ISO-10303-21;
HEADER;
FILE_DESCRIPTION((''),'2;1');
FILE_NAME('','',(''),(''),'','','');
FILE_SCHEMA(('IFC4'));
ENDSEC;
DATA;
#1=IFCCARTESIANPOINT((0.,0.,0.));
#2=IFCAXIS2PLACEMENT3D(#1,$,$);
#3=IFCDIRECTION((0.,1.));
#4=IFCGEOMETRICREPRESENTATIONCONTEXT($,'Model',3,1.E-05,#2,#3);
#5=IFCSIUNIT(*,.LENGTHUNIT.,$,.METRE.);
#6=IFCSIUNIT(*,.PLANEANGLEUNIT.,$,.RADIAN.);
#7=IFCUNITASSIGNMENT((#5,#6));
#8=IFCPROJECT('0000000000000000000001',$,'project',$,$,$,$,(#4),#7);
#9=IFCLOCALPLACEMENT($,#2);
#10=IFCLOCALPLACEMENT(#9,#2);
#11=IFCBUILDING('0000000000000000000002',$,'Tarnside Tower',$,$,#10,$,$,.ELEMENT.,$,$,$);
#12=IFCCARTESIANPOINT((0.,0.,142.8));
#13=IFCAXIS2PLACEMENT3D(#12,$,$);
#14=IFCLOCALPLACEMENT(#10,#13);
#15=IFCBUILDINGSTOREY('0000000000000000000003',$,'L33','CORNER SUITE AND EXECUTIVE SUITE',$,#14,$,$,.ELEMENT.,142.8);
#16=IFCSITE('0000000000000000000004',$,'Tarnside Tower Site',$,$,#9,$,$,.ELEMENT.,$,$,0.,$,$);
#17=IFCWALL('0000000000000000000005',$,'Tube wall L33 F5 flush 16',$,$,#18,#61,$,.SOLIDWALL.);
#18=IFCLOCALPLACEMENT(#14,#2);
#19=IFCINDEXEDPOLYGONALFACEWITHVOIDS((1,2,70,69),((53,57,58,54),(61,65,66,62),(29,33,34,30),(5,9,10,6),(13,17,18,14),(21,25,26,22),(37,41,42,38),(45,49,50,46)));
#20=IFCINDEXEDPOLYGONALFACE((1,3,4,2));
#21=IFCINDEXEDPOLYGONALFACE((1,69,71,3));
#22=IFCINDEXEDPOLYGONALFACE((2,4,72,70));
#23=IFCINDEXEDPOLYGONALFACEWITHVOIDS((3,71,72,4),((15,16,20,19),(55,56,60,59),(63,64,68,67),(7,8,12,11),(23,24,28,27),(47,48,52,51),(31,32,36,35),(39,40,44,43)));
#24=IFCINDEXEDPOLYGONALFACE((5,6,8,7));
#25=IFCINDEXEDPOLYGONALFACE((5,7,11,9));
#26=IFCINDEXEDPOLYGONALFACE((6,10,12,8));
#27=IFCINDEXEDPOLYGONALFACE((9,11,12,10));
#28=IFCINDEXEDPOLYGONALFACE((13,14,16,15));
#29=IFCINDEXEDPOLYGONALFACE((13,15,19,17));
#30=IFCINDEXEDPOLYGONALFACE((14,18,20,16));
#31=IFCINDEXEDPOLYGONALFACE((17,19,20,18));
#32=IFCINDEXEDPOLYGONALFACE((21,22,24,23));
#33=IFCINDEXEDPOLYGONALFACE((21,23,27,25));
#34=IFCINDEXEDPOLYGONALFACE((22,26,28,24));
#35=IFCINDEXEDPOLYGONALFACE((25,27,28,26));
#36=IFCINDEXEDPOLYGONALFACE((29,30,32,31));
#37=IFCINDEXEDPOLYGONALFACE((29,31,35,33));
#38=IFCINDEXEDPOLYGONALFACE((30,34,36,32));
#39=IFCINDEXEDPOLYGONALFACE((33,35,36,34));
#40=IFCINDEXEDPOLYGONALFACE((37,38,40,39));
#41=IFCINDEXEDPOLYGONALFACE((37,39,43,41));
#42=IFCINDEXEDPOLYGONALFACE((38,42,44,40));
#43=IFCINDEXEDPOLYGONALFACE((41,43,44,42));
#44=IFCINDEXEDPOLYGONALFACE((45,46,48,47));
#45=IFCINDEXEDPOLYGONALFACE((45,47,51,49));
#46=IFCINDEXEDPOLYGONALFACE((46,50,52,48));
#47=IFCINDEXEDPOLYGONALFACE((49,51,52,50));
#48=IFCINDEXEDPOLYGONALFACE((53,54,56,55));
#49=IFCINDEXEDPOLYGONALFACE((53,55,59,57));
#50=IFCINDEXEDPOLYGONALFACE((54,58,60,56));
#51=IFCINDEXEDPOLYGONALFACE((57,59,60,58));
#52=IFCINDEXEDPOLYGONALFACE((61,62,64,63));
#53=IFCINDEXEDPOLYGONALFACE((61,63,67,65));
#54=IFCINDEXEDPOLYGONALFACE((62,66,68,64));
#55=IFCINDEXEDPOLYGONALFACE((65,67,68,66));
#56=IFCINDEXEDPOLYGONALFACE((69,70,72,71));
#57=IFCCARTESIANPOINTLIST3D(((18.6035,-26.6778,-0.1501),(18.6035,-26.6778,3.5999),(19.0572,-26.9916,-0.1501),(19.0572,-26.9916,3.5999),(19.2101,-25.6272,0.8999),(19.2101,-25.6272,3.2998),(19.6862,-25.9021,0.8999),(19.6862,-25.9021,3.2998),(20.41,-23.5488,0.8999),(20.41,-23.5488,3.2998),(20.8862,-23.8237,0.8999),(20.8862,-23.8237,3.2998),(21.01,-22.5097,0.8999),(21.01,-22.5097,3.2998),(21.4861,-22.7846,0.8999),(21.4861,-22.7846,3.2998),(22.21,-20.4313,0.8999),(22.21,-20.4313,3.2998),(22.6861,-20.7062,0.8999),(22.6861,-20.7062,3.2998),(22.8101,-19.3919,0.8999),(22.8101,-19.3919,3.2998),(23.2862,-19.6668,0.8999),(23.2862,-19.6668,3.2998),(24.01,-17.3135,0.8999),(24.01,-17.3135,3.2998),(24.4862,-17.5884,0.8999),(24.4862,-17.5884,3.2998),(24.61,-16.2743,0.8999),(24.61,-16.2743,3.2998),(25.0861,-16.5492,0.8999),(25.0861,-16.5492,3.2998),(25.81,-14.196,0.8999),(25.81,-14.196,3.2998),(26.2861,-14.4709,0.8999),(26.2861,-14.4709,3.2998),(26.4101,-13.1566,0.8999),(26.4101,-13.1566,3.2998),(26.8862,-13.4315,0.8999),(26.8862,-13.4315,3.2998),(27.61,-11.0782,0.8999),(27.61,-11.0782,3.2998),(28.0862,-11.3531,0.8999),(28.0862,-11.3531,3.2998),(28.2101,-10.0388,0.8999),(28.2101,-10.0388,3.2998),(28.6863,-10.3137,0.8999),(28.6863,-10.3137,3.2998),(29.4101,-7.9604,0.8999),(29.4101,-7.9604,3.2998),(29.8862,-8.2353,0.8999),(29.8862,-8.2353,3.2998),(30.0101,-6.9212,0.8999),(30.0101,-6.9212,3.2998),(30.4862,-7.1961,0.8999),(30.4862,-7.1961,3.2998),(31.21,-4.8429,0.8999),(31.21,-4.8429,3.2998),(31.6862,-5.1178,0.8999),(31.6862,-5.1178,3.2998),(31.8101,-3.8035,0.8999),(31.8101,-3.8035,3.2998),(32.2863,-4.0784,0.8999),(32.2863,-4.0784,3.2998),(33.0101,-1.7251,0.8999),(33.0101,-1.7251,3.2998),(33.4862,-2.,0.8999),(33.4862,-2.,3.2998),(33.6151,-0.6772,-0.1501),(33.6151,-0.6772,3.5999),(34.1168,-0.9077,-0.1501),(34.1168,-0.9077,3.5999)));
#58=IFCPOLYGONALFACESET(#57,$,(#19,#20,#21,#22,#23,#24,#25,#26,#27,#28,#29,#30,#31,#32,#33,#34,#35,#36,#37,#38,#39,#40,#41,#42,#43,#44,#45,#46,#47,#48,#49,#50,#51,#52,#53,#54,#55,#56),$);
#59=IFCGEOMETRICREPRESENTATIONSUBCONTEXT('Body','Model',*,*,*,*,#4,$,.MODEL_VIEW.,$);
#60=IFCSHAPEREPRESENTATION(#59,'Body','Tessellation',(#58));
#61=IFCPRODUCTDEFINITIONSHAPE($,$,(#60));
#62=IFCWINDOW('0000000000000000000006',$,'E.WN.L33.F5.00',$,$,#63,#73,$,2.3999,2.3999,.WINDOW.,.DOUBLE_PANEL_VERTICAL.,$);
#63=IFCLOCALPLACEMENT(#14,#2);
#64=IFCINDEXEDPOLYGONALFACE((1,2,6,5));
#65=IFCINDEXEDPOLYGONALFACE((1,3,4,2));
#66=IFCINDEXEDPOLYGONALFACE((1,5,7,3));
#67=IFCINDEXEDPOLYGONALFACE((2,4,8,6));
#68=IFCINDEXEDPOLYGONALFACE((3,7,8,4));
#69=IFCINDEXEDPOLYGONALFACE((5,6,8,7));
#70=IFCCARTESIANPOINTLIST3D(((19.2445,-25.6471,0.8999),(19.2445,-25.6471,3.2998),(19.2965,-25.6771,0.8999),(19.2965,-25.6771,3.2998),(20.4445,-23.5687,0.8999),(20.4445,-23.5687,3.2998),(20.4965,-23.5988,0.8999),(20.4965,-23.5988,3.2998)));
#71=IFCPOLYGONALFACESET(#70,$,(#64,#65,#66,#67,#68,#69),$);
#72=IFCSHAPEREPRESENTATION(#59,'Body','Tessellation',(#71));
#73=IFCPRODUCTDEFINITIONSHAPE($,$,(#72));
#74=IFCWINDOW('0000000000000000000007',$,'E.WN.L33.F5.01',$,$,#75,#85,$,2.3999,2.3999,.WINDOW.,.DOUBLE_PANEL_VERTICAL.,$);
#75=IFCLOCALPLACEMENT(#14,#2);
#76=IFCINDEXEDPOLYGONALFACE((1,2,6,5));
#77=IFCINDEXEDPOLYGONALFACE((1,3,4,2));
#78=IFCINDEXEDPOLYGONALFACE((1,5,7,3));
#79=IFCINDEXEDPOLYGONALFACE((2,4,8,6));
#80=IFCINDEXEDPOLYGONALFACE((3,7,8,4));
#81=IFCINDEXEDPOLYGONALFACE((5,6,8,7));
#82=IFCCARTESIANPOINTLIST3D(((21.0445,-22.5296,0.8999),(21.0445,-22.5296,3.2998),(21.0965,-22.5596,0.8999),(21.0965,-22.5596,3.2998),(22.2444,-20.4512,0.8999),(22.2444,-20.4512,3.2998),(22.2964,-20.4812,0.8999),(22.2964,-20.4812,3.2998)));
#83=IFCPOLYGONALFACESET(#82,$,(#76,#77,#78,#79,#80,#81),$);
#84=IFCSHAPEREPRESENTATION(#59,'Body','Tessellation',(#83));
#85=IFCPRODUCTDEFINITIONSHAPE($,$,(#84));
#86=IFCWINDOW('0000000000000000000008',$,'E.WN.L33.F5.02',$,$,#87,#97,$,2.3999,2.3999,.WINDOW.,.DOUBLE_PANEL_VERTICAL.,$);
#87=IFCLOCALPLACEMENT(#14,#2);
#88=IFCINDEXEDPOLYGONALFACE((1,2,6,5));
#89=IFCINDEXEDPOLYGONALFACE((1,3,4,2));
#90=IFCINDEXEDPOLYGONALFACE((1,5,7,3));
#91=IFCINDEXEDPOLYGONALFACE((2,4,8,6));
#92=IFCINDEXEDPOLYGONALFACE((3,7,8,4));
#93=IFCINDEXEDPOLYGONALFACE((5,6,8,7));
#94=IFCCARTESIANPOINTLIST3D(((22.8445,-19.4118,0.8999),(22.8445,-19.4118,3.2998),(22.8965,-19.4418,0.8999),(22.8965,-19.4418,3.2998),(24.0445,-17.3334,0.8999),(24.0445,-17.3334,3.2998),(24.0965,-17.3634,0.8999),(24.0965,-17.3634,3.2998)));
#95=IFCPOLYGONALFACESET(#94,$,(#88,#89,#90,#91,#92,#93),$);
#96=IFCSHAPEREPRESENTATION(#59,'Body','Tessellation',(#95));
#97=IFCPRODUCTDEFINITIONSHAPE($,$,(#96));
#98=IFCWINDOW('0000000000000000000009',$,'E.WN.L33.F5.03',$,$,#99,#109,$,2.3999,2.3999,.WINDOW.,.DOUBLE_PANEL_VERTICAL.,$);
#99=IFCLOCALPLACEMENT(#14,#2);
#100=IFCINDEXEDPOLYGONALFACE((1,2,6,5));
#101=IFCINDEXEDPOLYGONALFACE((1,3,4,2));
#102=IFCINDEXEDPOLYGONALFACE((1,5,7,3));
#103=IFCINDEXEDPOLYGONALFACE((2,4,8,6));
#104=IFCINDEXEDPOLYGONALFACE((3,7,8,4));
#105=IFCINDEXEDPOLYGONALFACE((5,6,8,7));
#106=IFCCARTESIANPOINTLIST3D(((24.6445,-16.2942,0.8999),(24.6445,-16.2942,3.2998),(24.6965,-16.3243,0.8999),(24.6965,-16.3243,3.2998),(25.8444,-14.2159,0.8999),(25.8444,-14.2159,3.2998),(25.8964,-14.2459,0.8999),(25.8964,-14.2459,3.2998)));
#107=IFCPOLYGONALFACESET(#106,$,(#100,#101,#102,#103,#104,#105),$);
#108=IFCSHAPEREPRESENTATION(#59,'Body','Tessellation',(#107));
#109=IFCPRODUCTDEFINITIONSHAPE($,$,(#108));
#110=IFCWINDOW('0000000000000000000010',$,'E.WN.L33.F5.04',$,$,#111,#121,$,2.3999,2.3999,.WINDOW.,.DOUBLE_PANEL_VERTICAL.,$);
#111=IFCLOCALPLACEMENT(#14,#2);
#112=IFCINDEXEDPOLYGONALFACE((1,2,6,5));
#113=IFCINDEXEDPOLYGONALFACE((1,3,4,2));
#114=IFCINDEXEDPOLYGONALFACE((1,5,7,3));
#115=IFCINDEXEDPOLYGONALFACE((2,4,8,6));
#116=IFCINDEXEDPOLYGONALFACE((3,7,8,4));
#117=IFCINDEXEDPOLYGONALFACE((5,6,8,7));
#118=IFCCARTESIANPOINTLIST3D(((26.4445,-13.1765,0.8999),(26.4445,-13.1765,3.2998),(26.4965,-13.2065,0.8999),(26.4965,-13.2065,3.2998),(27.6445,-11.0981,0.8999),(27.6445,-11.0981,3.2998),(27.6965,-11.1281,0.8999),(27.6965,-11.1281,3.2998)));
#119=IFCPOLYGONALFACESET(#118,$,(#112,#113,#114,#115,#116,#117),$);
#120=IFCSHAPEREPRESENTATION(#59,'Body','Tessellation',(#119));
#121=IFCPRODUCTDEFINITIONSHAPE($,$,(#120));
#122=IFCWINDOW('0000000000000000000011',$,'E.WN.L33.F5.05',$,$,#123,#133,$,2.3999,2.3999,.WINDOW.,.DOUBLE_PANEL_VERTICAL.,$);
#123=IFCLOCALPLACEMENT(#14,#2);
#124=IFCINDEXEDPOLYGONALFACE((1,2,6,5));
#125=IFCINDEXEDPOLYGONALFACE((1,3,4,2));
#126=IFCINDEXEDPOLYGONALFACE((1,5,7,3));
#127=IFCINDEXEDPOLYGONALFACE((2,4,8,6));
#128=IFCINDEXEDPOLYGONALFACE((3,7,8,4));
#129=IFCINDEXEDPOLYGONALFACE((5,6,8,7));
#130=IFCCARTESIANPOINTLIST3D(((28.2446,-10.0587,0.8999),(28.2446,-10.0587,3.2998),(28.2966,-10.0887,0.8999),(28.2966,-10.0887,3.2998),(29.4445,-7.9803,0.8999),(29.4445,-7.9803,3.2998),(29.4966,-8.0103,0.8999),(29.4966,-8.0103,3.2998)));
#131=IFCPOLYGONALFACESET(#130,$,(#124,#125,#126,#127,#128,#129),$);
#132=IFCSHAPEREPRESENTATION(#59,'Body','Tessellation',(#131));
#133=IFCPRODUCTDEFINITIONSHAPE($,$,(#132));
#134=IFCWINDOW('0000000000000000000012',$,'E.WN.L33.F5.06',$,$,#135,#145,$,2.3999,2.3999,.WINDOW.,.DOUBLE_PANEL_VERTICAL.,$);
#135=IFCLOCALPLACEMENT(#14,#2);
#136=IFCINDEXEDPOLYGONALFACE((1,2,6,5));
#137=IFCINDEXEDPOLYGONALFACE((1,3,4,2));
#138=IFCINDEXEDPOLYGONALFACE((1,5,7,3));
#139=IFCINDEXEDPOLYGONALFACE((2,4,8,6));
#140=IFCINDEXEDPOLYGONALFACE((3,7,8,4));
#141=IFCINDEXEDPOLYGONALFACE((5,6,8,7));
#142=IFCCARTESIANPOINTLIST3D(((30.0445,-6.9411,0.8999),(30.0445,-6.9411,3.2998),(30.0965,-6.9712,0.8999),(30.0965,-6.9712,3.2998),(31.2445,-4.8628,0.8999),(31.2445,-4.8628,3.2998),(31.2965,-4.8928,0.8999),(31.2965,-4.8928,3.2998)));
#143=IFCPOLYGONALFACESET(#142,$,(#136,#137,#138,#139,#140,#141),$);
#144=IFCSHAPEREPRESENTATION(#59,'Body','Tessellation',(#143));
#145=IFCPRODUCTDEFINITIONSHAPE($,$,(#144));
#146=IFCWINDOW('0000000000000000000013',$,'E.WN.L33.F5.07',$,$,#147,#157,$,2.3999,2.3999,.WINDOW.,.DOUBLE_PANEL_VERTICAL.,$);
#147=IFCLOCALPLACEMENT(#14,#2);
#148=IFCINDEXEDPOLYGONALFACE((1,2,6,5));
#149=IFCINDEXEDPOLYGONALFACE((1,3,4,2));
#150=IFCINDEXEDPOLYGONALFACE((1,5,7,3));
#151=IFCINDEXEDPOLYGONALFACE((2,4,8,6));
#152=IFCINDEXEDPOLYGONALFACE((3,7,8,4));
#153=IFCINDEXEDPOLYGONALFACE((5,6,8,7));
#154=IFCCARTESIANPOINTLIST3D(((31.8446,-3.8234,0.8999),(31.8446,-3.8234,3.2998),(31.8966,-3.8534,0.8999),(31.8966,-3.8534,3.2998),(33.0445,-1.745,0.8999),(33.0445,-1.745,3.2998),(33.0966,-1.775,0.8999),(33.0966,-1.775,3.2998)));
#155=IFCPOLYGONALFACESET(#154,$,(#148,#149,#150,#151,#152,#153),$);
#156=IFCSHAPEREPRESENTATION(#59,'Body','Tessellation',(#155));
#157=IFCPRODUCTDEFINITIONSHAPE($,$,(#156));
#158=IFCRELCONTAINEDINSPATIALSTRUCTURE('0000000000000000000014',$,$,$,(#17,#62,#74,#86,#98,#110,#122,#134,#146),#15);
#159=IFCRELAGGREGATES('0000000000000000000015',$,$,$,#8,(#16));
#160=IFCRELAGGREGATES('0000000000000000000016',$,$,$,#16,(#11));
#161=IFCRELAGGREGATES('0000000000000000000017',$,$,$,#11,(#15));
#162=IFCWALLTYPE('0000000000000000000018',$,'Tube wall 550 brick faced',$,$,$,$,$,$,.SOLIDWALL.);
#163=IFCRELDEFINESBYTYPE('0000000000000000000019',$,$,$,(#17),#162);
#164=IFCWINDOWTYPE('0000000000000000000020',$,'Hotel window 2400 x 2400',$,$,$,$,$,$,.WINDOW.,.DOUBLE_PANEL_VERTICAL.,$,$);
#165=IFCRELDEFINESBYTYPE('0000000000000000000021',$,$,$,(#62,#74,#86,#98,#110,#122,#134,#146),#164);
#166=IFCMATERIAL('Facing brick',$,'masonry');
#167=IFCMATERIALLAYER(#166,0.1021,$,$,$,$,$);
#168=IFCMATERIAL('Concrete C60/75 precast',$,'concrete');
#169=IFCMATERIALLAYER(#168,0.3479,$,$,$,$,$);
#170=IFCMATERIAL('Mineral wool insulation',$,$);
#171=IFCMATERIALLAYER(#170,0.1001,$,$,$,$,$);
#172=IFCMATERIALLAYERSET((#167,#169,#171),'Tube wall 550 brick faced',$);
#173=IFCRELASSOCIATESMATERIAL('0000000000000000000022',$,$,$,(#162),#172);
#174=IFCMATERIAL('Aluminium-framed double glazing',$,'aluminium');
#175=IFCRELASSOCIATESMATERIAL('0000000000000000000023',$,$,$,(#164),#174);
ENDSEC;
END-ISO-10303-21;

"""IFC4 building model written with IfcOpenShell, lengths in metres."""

from ifc_helpers import new_model, si_unit, direction, frame, frame_2d, origin, place, context, subcontext, project, spatial, polyline, rectangle, outline, extrude, material, layer, layer_set, type_object, element, fill, save


model = new_model("IFC4")

# Units and contexts
model_context = context("Model", 3, precision=1e-05, world=origin(), true_north=direction((0.0, 1.0)))
body_context = subcontext(model_context, "Body", "Model", "MODEL_VIEW")
ifc_project = project(units=[si_unit("LENGTHUNIT", "METRE"), si_unit("PLANEANGLEUNIT", "RADIAN")], contexts=[model_context])

# Site, building, storey
site_placement = place(None, origin())
site = spatial("IfcSite", under=ifc_project, at=site_placement, Name="Tarnside Tower Site", CompositionType="ELEMENT", RefElevation=0.0)
building_placement = place(site_placement, origin())
building = spatial("IfcBuilding", under=site, at=building_placement, Name="Tarnside Tower", CompositionType="ELEMENT")
storey_placement = place(building_placement, frame((0.0, 0.0, 142.8)))
storey = spatial("IfcBuildingStorey", under=building, at=storey_placement, Name="L33", Description="CORNER SUITE AND EXECUTIVE SUITE", CompositionType="ELEMENT", Elevation=142.8)

# Shared definitions
ifc_material_1 = material(Name="Facing brick", Category="masonry")
ifc_layer_1 = layer(ifc_material_1, 0.1021)
ifc_material_2 = material(Name="Concrete C60/75 precast", Category="concrete")
ifc_layer_2 = layer(ifc_material_2, 0.3479)
ifc_material_3 = material(Name="Mineral wool insulation")
ifc_layer_3 = layer(ifc_material_3, 0.1001)
ifc_layer_set_1 = layer_set([ifc_layer_1, ifc_layer_2, ifc_layer_3], Name="Tube wall 550 brick faced")
wall_type_1 = type_object("IfcWallType", Name="Tube wall 550 brick faced", PredefinedType="SOLIDWALL", material=ifc_layer_set_1)

# Wall, openings, windows
wall_1_placement = place(storey_placement, frame((18.8303, -26.8347, -0.1501), z_axis=(0.0, 0.0, 1.0), x_axis=(0.500004, 0.866023, 0.0)))
wall_1 = element("IfcWall", 1, at=wall_1_placement, inside=storey, type_object=wall_type_1, Name="Tube wall L33 F5 flush 16", PredefinedType="SOLIDWALL", context=body_context, shape_type="SweptSolid", body=[
    extrude(outline(polyline([(-0.0225, -0.2749), (30.0967, -0.2749), (30.0454, 0.2749), (0.0225, 0.2749), (-0.0225, -0.2749)])), origin(), (0.0, 0.0, 1.0), 3.75),
])
opening_1_placement = place(wall_1_placement, frame((1.2356, 0.0, 1.05)))
opening_1 = element("IfcOpeningElement", 2, at=opening_1_placement, cuts=wall_1, PredefinedType="OPENING", context=body_context, shape_type="SweptSolid", body=[
    extrude(rectangle(XDim=2.3999, YDim=2.3999, at=frame_2d((1.2, 1.2))), frame((0.0, 0.2852, 0.0), z_axis=(0.0, -1.0, 0.0), x_axis=(1.0, 0.0, 0.0)), (0.0, 0.0, 1.0), 0.5701),
])
opening_2_placement = place(wall_1_placement, frame((4.8354, 0.0, 1.05)))
opening_2 = element("IfcOpeningElement", 3, at=opening_2_placement, cuts=wall_1, PredefinedType="OPENING", context=body_context, shape_type="SweptSolid", body=[
    extrude(rectangle(XDim=2.3999, YDim=2.3999, at=frame_2d((1.2, 1.2))), frame((0.0, 0.2852, 0.0), z_axis=(0.0, -1.0, 0.0), x_axis=(1.0, 0.0, 0.0)), (0.0, 0.0, 1.0), 0.5701),
])
opening_3_placement = place(wall_1_placement, frame((8.4355, 0.0, 1.05)))
opening_3 = element("IfcOpeningElement", 4, at=opening_3_placement, cuts=wall_1, PredefinedType="OPENING", context=body_context, shape_type="SweptSolid", body=[
    extrude(rectangle(XDim=2.3999, YDim=2.3999, at=frame_2d((1.2, 1.2))), frame((0.0, 0.2852, 0.0), z_axis=(0.0, -1.0, 0.0), x_axis=(1.0, 0.0, 0.0)), (0.0, 0.0, 1.0), 0.5701),
])
opening_4_placement = place(wall_1_placement, frame((12.0354, 0.0, 1.05)))
opening_4 = element("IfcOpeningElement", 5, at=opening_4_placement, cuts=wall_1, PredefinedType="OPENING", context=body_context, shape_type="SweptSolid", body=[
    extrude(rectangle(XDim=2.3999, YDim=2.3999, at=frame_2d((1.2, 1.2))), frame((0.0, 0.2852, 0.0), z_axis=(0.0, -1.0, 0.0), x_axis=(1.0, 0.0, 0.0)), (0.0, 0.0, 1.0), 0.5701),
])
opening_5_placement = place(wall_1_placement, frame((15.6355, 0.0, 1.05)))
opening_5 = element("IfcOpeningElement", 6, at=opening_5_placement, cuts=wall_1, PredefinedType="OPENING", context=body_context, shape_type="SweptSolid", body=[
    extrude(rectangle(XDim=2.3999, YDim=2.3999, at=frame_2d((1.2, 1.2))), frame((0.0, 0.2852, 0.0), z_axis=(0.0, -1.0, 0.0), x_axis=(1.0, 0.0, 0.0)), (0.0, 0.0, 1.0), 0.5701),
])
opening_6_placement = place(wall_1_placement, frame((19.2356, 0.0, 1.05)))
opening_6 = element("IfcOpeningElement", 7, at=opening_6_placement, cuts=wall_1, PredefinedType="OPENING", context=body_context, shape_type="SweptSolid", body=[
    extrude(rectangle(XDim=2.3999, YDim=2.3999, at=frame_2d((1.2, 1.2))), frame((0.0, 0.2852, 0.0), z_axis=(0.0, -1.0, 0.0), x_axis=(1.0, 0.0, 0.0)), (0.0, 0.0, 1.0), 0.5701),
])
opening_7_placement = place(wall_1_placement, frame((22.8354, 0.0, 1.05)))
opening_7 = element("IfcOpeningElement", 8, at=opening_7_placement, cuts=wall_1, PredefinedType="OPENING", context=body_context, shape_type="SweptSolid", body=[
    extrude(rectangle(XDim=2.3999, YDim=2.3999, at=frame_2d((1.2, 1.2))), frame((0.0, 0.2852, 0.0), z_axis=(0.0, -1.0, 0.0), x_axis=(1.0, 0.0, 0.0)), (0.0, 0.0, 1.0), 0.5701),
])
opening_8_placement = place(wall_1_placement, frame((26.4355, 0.0, 1.05)))
opening_8 = element("IfcOpeningElement", 9, at=opening_8_placement, cuts=wall_1, PredefinedType="OPENING", context=body_context, shape_type="SweptSolid", body=[
    extrude(rectangle(XDim=2.3999, YDim=2.3999, at=frame_2d((1.2, 1.2))), frame((0.0, 0.2852, 0.0), z_axis=(0.0, -1.0, 0.0), x_axis=(1.0, 0.0, 0.0)), (0.0, 0.0, 1.0), 0.5701),
])
ifc_material_4 = material(Name="Aluminium-framed double glazing", Category="aluminium")
window_type = type_object("IfcWindowType", Name="Hotel window 2400 x 2400", PartitioningType="DOUBLE_PANEL_VERTICAL", PredefinedType="WINDOW", material=ifc_material_4)
window_1_placement = place(opening_1_placement, frame((0.0, 0.2051, 0.0)))
window_1 = element("IfcWindow", 10, at=window_1_placement, inside=storey, type_object=window_type, Name="E.WN.L33.F5.00", OverallHeight=2.3999, OverallWidth=2.3999, PartitioningType="DOUBLE_PANEL_VERTICAL", PredefinedType="WINDOW", context=body_context, shape_type="SweptSolid", body=[
    extrude(rectangle(XDim=2.3999, YDim=2.3999, at=frame_2d((1.2, 1.2))), frame((0.0, 0.03, 0.0), z_axis=(0.0, -1.0, 0.0), x_axis=(1.0, 0.0, 0.0)), (0.0, 0.0, 1.0), 0.0601),
])
fill(opening_1, window_1)
window_2_placement = place(opening_2_placement, frame((0.0, 0.2051, 0.0)))
window_2 = element("IfcWindow", 11, at=window_2_placement, inside=storey, type_object=window_type, Name="E.WN.L33.F5.01", OverallHeight=2.3999, OverallWidth=2.3999, PartitioningType="DOUBLE_PANEL_VERTICAL", PredefinedType="WINDOW", context=body_context, shape_type="SweptSolid", body=[
    extrude(rectangle(XDim=2.3999, YDim=2.3999, at=frame_2d((1.2, 1.2))), frame((0.0, 0.03, 0.0), z_axis=(0.0, -1.0, 0.0), x_axis=(1.0, 0.0, 0.0)), (0.0, 0.0, 1.0), 0.0601),
])
fill(opening_2, window_2)
window_3_placement = place(opening_3_placement, frame((0.0, 0.2051, 0.0)))
window_3 = element("IfcWindow", 12, at=window_3_placement, inside=storey, type_object=window_type, Name="E.WN.L33.F5.02", OverallHeight=2.3999, OverallWidth=2.3999, PartitioningType="DOUBLE_PANEL_VERTICAL", PredefinedType="WINDOW", context=body_context, shape_type="SweptSolid", body=[
    extrude(rectangle(XDim=2.3999, YDim=2.3999, at=frame_2d((1.2, 1.2))), frame((0.0, 0.03, 0.0), z_axis=(0.0, -1.0, 0.0), x_axis=(1.0, 0.0, 0.0)), (0.0, 0.0, 1.0), 0.0601),
])
fill(opening_3, window_3)
window_4_placement = place(opening_4_placement, frame((0.0, 0.2051, 0.0)))
window_4 = element("IfcWindow", 13, at=window_4_placement, inside=storey, type_object=window_type, Name="E.WN.L33.F5.03", OverallHeight=2.3999, OverallWidth=2.3999, PartitioningType="DOUBLE_PANEL_VERTICAL", PredefinedType="WINDOW", context=body_context, shape_type="SweptSolid", body=[
    extrude(rectangle(XDim=2.3999, YDim=2.3999, at=frame_2d((1.2, 1.2))), frame((0.0, 0.03, 0.0), z_axis=(0.0, -1.0, 0.0), x_axis=(1.0, 0.0, 0.0)), (0.0, 0.0, 1.0), 0.0601),
])
fill(opening_4, window_4)
window_5_placement = place(opening_5_placement, frame((0.0, 0.2051, 0.0)))
window_5 = element("IfcWindow", 14, at=window_5_placement, inside=storey, type_object=window_type, Name="E.WN.L33.F5.04", OverallHeight=2.3999, OverallWidth=2.3999, PartitioningType="DOUBLE_PANEL_VERTICAL", PredefinedType="WINDOW", context=body_context, shape_type="SweptSolid", body=[
    extrude(rectangle(XDim=2.3999, YDim=2.3999, at=frame_2d((1.2, 1.2))), frame((0.0, 0.03, 0.0), z_axis=(0.0, -1.0, 0.0), x_axis=(1.0, 0.0, 0.0)), (0.0, 0.0, 1.0), 0.0601),
])
fill(opening_5, window_5)
window_6_placement = place(opening_6_placement, frame((0.0, 0.2051, 0.0)))
window_6 = element("IfcWindow", 15, at=window_6_placement, inside=storey, type_object=window_type, Name="E.WN.L33.F5.05", OverallHeight=2.3999, OverallWidth=2.3999, PartitioningType="DOUBLE_PANEL_VERTICAL", PredefinedType="WINDOW", context=body_context, shape_type="SweptSolid", body=[
    extrude(rectangle(XDim=2.3999, YDim=2.3999, at=frame_2d((1.2, 1.2))), frame((0.0, 0.03, 0.0), z_axis=(0.0, -1.0, 0.0), x_axis=(1.0, 0.0, 0.0)), (0.0, 0.0, 1.0), 0.0601),
])
fill(opening_6, window_6)
window_7_placement = place(opening_7_placement, frame((0.0, 0.2051, 0.0)))
window_7 = element("IfcWindow", 16, at=window_7_placement, inside=storey, type_object=window_type, Name="E.WN.L33.F5.06", OverallHeight=2.3999, OverallWidth=2.3999, PartitioningType="DOUBLE_PANEL_VERTICAL", PredefinedType="WINDOW", context=body_context, shape_type="SweptSolid", body=[
    extrude(rectangle(XDim=2.3999, YDim=2.3999, at=frame_2d((1.2, 1.2))), frame((0.0, 0.03, 0.0), z_axis=(0.0, -1.0, 0.0), x_axis=(1.0, 0.0, 0.0)), (0.0, 0.0, 1.0), 0.0601),
])
fill(opening_7, window_7)
window_8_placement = place(opening_8_placement, frame((0.0, 0.2051, 0.0)))
window_8 = element("IfcWindow", 17, at=window_8_placement, inside=storey, type_object=window_type, Name="E.WN.L33.F5.07", OverallHeight=2.3999, OverallWidth=2.3999, PartitioningType="DOUBLE_PANEL_VERTICAL", PredefinedType="WINDOW", context=body_context, shape_type="SweptSolid", body=[
    extrude(rectangle(XDim=2.3999, YDim=2.3999, at=frame_2d((1.2, 1.2))), frame((0.0, 0.03, 0.0), z_axis=(0.0, -1.0, 0.0), x_axis=(1.0, 0.0, 0.0)), (0.0, 0.0, 1.0), 0.0601),
])
fill(opening_8, window_8)

save(model, "model.ifc")
